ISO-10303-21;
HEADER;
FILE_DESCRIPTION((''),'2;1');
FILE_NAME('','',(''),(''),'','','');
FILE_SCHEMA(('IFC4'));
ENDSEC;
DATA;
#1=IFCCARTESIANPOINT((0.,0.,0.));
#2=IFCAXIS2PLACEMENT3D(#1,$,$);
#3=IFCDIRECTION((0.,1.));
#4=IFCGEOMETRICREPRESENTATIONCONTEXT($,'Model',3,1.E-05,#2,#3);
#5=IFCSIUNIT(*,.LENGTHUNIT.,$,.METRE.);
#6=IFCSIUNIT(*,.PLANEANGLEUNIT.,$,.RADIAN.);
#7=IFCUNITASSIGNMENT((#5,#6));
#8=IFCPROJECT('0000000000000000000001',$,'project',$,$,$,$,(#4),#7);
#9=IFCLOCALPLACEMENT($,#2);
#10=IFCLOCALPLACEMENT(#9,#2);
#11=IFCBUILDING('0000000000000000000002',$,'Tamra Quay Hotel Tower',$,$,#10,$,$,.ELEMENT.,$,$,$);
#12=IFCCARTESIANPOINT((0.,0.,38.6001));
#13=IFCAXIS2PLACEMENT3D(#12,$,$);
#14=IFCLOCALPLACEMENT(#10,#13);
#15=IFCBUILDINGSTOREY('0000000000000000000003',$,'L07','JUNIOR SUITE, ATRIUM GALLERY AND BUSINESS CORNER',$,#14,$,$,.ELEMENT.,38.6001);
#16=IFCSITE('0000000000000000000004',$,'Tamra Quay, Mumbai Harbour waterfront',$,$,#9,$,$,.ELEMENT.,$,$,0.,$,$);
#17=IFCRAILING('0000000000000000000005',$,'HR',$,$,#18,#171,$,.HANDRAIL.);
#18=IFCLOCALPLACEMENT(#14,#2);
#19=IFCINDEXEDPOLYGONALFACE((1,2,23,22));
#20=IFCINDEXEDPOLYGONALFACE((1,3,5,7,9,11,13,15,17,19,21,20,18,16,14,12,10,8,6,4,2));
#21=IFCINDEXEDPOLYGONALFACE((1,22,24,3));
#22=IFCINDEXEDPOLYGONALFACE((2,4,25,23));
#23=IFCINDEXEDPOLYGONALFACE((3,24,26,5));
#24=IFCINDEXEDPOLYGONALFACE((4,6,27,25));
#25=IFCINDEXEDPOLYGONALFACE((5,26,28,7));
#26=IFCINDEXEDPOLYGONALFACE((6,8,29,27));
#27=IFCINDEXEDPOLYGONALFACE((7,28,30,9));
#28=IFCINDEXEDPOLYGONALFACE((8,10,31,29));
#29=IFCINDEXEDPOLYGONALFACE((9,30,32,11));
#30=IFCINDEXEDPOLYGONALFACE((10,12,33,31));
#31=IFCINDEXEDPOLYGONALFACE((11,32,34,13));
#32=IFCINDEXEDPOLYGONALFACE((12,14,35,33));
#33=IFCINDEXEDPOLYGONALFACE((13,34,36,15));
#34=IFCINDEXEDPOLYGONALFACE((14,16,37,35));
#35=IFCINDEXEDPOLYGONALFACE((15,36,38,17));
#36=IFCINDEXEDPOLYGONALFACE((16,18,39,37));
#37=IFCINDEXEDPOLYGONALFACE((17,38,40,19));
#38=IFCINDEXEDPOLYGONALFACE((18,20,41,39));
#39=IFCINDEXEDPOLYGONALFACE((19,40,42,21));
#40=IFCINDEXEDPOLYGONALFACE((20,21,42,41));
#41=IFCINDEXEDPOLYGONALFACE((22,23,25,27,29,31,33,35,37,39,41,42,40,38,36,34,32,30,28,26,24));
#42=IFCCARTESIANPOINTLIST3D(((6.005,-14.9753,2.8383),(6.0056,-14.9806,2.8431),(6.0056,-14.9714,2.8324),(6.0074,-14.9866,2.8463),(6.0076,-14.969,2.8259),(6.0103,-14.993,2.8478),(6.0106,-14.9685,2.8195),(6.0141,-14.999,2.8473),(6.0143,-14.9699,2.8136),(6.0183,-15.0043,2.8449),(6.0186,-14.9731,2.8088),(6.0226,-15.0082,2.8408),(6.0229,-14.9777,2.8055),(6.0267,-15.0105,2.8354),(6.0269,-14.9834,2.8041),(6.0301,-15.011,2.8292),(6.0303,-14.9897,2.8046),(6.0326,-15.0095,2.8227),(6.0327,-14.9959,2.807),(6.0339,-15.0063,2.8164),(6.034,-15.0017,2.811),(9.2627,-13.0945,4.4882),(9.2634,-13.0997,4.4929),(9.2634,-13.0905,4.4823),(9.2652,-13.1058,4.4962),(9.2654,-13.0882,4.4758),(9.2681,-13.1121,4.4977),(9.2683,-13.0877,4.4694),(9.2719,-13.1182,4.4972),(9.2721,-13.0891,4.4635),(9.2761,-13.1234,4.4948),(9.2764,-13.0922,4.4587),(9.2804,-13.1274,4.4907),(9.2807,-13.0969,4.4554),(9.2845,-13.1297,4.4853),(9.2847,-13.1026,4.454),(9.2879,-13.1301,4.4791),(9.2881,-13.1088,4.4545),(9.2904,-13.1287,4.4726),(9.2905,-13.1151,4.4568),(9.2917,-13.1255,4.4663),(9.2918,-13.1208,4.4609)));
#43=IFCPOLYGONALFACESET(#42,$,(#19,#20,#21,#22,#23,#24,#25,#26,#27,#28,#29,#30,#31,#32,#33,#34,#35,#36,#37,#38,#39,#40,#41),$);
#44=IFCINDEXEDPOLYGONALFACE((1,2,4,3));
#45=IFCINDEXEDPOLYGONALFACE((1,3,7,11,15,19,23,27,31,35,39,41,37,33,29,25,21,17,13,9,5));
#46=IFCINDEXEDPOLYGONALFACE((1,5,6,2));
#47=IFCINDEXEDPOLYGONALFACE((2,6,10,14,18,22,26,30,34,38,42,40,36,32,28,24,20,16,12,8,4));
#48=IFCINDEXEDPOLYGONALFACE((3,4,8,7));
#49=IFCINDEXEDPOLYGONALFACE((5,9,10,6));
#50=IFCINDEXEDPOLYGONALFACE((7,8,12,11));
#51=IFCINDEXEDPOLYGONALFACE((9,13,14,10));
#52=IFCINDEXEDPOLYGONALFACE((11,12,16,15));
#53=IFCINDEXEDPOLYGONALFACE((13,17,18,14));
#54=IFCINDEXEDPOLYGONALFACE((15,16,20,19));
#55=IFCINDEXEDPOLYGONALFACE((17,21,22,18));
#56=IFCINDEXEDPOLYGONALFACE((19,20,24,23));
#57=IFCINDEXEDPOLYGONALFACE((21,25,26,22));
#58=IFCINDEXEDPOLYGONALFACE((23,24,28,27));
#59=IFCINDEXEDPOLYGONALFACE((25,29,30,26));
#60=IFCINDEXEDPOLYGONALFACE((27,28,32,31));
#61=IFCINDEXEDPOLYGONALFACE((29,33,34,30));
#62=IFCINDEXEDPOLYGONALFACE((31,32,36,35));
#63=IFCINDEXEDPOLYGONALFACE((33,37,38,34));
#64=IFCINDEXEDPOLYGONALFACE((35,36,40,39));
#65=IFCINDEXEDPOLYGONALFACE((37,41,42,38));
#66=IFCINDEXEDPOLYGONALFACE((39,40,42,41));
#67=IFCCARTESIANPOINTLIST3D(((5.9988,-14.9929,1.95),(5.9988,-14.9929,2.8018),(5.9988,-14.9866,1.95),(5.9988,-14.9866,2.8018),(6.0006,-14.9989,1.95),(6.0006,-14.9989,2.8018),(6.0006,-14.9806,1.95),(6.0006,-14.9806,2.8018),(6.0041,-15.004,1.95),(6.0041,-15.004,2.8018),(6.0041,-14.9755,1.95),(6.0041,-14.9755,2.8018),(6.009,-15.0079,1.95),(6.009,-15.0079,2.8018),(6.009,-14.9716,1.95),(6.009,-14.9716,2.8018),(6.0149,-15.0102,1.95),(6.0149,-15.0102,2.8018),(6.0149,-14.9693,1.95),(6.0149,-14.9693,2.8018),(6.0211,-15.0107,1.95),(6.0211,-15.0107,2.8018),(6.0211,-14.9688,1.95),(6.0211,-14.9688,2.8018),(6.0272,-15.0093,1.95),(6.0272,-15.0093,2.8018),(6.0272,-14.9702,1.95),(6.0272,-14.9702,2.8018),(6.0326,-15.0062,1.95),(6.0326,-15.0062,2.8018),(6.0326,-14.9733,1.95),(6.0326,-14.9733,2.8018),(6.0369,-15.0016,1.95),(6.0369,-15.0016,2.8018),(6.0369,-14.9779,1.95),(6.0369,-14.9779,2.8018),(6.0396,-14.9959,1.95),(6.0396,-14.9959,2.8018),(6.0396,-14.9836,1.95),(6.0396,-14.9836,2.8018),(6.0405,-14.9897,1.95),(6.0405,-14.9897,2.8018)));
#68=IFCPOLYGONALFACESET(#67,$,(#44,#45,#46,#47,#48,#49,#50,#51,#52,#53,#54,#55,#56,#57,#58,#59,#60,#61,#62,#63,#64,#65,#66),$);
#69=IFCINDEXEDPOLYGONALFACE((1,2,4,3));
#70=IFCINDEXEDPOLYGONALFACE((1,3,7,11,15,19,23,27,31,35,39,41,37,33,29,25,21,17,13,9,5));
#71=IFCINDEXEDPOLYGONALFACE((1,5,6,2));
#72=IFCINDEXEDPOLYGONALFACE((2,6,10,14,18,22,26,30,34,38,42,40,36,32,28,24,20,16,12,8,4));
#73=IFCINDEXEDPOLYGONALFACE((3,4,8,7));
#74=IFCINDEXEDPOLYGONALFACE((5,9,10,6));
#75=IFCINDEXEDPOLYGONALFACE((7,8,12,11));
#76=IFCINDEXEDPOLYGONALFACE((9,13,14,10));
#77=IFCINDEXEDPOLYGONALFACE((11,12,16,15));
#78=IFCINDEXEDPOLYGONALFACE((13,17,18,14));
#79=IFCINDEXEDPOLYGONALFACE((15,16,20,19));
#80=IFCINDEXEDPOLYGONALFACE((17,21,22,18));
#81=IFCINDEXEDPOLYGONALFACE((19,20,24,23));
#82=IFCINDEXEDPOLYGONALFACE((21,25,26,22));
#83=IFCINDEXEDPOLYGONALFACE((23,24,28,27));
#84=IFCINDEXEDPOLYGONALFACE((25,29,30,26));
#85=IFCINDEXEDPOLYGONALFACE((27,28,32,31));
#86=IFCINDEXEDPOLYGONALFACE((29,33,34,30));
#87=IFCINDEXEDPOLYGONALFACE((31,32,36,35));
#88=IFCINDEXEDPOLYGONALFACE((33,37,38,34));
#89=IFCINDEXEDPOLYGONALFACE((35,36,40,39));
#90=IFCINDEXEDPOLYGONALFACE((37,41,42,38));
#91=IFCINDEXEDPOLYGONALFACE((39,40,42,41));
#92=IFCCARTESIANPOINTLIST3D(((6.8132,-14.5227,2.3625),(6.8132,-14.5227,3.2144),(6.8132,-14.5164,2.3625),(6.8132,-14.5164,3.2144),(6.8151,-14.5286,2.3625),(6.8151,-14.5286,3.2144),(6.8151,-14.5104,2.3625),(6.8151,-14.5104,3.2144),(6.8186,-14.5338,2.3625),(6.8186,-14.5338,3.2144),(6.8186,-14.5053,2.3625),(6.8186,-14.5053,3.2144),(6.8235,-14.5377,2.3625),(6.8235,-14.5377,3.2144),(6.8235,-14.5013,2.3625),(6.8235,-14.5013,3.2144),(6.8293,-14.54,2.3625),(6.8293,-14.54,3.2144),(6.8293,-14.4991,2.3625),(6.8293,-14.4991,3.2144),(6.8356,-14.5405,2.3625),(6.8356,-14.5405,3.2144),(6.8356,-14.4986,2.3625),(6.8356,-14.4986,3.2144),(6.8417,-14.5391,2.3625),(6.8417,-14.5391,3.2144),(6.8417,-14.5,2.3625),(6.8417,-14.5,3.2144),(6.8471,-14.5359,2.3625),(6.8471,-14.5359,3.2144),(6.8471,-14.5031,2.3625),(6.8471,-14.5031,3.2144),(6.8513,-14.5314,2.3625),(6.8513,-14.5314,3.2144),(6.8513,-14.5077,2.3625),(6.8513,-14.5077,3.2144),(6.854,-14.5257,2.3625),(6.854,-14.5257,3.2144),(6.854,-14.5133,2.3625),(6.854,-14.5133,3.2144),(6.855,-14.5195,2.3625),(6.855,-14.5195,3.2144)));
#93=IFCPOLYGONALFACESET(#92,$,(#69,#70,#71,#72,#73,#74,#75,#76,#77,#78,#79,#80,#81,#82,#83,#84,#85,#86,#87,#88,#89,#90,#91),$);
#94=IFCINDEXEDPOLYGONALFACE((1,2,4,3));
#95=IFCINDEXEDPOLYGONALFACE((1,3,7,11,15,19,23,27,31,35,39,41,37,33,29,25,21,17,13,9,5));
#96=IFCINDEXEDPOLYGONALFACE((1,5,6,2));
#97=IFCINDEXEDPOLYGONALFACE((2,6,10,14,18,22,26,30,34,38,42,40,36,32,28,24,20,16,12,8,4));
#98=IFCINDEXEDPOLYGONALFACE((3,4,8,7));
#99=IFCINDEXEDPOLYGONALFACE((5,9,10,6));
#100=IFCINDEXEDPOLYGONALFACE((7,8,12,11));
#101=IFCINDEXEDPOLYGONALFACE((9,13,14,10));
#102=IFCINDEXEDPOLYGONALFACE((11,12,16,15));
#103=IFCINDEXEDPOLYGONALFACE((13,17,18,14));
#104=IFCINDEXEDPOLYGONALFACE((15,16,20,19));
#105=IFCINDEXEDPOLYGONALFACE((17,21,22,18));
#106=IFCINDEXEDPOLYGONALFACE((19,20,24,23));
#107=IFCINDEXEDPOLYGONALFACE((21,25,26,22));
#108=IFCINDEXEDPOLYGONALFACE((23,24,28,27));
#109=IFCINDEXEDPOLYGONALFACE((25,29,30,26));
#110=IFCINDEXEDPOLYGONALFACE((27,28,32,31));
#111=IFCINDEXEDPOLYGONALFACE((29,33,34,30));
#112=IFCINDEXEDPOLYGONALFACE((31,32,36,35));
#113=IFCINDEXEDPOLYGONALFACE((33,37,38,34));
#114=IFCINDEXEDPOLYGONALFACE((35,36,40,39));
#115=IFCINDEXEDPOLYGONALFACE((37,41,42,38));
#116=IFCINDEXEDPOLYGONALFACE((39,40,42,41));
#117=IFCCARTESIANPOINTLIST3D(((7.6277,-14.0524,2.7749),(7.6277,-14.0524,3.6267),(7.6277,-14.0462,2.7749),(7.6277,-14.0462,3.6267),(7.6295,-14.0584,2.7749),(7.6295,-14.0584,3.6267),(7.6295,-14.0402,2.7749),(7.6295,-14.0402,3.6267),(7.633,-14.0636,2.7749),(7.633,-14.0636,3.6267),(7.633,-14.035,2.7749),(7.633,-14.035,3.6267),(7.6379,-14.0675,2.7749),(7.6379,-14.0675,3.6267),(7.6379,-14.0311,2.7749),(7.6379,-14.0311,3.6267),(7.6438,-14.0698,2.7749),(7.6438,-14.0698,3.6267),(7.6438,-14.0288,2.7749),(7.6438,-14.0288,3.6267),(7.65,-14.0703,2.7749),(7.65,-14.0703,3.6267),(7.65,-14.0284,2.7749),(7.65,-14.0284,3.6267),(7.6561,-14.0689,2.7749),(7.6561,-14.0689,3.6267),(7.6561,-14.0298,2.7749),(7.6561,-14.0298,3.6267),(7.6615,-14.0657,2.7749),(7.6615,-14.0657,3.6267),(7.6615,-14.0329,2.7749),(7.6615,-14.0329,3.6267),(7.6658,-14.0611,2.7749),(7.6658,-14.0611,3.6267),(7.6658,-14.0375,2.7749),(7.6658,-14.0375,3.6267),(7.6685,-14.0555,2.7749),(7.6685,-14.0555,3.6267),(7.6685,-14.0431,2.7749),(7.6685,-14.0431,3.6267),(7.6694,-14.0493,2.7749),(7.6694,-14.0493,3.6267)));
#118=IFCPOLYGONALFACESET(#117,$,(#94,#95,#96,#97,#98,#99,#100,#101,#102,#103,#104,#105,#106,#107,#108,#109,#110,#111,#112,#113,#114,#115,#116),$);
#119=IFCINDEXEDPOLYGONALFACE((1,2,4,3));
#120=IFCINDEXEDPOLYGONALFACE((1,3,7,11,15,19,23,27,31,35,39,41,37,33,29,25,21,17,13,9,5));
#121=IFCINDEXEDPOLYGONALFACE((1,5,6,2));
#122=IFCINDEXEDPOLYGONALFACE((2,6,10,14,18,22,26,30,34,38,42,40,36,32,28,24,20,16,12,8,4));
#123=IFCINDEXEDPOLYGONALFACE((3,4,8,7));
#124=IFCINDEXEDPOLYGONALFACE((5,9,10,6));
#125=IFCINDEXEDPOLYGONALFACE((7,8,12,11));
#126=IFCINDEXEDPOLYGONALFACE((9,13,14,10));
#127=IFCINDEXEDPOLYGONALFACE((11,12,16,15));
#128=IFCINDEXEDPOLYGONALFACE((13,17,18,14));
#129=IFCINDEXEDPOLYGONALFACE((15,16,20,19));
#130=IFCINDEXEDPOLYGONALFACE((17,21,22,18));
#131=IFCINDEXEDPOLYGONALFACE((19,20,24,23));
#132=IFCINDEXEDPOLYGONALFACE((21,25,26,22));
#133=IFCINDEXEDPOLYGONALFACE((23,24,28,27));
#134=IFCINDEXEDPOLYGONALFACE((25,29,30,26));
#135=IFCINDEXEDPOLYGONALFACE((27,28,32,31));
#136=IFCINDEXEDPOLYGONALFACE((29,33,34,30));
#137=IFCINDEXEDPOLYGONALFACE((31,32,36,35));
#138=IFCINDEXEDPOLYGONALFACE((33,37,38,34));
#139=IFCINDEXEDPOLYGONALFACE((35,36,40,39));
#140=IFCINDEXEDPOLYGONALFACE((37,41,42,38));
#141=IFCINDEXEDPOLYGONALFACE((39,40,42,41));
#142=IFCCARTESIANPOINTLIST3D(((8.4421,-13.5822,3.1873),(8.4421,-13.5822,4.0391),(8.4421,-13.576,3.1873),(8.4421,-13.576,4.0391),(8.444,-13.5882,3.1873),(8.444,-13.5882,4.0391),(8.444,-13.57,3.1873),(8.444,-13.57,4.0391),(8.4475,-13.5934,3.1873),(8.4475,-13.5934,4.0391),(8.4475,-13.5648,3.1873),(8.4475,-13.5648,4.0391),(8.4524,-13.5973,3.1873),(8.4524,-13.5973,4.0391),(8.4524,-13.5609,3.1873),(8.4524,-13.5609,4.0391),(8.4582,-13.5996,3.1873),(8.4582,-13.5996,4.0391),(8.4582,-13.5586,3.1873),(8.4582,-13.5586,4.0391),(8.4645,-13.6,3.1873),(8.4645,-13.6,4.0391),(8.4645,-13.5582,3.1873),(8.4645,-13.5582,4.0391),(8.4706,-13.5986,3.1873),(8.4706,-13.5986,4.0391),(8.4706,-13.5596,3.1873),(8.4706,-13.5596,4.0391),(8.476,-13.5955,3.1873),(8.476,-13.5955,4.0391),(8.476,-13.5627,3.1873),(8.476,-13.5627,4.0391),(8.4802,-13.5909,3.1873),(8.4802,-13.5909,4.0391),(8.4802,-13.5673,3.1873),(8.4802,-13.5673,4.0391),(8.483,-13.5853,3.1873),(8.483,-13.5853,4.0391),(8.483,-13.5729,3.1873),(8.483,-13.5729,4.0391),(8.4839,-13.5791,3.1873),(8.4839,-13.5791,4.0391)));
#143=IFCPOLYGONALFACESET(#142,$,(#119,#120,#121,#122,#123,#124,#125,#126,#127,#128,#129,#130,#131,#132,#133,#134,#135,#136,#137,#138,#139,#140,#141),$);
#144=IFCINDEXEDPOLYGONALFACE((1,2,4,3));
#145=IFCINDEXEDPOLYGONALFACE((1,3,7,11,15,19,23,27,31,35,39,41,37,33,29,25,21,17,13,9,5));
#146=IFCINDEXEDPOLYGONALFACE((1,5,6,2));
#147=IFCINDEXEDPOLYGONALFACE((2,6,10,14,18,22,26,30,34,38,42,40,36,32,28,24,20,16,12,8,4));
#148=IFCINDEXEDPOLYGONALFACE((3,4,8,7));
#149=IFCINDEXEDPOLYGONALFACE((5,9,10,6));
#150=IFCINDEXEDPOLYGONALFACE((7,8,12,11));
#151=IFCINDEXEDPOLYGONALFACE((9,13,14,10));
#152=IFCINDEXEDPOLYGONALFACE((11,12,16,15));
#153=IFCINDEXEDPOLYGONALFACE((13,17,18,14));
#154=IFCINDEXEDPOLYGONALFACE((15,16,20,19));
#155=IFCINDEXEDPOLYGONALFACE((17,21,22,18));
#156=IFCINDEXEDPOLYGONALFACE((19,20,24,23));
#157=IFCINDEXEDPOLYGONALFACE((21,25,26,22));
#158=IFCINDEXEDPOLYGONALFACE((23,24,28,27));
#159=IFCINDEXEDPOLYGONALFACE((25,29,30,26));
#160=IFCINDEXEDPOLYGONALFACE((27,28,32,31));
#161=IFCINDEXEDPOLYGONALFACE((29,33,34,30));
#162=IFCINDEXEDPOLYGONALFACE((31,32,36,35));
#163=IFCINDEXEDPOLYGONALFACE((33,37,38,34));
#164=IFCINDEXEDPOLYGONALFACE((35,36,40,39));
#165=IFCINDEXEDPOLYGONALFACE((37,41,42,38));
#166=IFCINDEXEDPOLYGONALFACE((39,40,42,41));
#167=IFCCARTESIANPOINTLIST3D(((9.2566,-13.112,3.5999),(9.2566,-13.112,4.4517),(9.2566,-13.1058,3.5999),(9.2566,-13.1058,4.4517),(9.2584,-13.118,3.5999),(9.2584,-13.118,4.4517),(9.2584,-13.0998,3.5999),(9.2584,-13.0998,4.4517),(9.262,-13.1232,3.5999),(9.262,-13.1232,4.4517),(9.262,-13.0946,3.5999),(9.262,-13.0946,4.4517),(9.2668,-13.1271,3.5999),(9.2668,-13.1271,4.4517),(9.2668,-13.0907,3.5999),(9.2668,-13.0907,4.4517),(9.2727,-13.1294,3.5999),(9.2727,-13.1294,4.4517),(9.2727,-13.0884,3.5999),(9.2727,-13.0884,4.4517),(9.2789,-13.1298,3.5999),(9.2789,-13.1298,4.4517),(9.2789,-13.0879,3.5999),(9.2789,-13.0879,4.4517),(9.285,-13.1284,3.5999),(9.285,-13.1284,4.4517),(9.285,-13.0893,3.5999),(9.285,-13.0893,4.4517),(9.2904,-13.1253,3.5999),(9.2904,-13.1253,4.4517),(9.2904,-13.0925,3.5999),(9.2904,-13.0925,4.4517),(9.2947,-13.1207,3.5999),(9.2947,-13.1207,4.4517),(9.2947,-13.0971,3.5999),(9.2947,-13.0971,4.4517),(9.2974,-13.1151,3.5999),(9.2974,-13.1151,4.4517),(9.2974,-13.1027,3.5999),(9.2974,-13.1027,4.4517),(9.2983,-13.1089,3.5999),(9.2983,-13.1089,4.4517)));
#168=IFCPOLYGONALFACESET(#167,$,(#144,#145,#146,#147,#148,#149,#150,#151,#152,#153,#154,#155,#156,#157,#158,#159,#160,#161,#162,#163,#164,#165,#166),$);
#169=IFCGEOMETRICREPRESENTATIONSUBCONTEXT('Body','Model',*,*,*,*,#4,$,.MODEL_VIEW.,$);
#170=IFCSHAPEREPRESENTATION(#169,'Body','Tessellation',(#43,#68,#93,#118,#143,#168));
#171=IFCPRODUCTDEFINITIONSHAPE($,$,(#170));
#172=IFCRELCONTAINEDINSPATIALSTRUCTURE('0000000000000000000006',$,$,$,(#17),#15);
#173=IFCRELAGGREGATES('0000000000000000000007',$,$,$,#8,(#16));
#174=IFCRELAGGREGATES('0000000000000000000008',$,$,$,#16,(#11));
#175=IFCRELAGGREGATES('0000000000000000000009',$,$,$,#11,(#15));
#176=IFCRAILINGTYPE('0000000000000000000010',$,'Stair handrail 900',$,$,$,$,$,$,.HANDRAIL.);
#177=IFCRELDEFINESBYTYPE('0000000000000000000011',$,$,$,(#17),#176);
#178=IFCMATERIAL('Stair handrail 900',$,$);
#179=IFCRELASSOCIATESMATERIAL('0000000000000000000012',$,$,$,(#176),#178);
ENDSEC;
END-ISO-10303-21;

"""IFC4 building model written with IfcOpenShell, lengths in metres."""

from ifc_helpers import new_model, si_unit, direction, frame, origin, origin_2d, place, context, subcontext, project, spatial, circle, extrude, material, type_object, element, save


model = new_model("IFC4")

# Units and contexts
model_context = context("Model", 3, precision=1e-05, world=origin(), true_north=direction((0.0, 1.0)))
body_context = subcontext(model_context, "Body", "Model", "MODEL_VIEW")
ifc_project = project(units=[si_unit("LENGTHUNIT", "METRE"), si_unit("PLANEANGLEUNIT", "RADIAN")], contexts=[model_context])

# Site, building, storey
site_placement = place(None, origin())
site = spatial("IfcSite", under=ifc_project, at=site_placement, Name="Tamra Quay, Mumbai Harbour waterfront", CompositionType="ELEMENT", RefElevation=0.0)
building_placement = place(site_placement, origin())
building = spatial("IfcBuilding", under=site, at=building_placement, Name="Tamra Quay Hotel Tower", CompositionType="ELEMENT")
storey_placement = place(building_placement, frame((0.0, 0.0, 38.6001)))
storey = spatial("IfcBuildingStorey", under=building, at=storey_placement, Name="L07", Description="JUNIOR SUITE, ATRIUM GALLERY AND BUSINESS CORNER", CompositionType="ELEMENT", Elevation=38.6001)

# Railing
ifc_material_1 = material(Name="Stair handrail 900")
railing_type_1 = type_object("IfcRailingType", Name="Stair handrail 900", PredefinedType="HANDRAIL", material=ifc_material_1)
railing_1_placement = place(storey_placement, frame((6.0195, -14.9897, 1.95)))
element("IfcRailing", 1, at=railing_1_placement, inside=storey, type_object=railing_type_1, Name="HR", PredefinedType="HANDRAIL", context=body_context, shape_type="SweptSolid", body=[
    extrude(circle(Radius=0.0239, at=origin_2d()), frame((0.0, 0.0, 0.876), z_axis=(0.7931, 0.457887, 0.401661), x_axis=(-0.499992, 0.86603, 0.0)), (0.0, 0.0, 1.0), 4.1077),
    extrude(circle(Radius=0.021, at=origin_2d()), origin(), (0.0, 0.0, 1.0), 0.8518),
    extrude(circle(Radius=0.021, at=origin_2d()), frame((0.8145, 0.4702, 0.4126)), (0.0, 0.0, 1.0), 0.8518),
    extrude(circle(Radius=0.021, at=origin_2d()), frame((1.6289, 0.9404, 0.825)), (0.0, 0.0, 1.0), 0.8518),
    extrude(circle(Radius=0.021, at=origin_2d()), frame((2.4434, 1.4106, 1.2373)), (0.0, 0.0, 1.0), 0.8518),
    extrude(circle(Radius=0.021, at=origin_2d()), frame((3.2578, 1.8809, 1.6499)), (0.0, 0.0, 1.0), 0.8518),
])

save(model, "model.ifc")
